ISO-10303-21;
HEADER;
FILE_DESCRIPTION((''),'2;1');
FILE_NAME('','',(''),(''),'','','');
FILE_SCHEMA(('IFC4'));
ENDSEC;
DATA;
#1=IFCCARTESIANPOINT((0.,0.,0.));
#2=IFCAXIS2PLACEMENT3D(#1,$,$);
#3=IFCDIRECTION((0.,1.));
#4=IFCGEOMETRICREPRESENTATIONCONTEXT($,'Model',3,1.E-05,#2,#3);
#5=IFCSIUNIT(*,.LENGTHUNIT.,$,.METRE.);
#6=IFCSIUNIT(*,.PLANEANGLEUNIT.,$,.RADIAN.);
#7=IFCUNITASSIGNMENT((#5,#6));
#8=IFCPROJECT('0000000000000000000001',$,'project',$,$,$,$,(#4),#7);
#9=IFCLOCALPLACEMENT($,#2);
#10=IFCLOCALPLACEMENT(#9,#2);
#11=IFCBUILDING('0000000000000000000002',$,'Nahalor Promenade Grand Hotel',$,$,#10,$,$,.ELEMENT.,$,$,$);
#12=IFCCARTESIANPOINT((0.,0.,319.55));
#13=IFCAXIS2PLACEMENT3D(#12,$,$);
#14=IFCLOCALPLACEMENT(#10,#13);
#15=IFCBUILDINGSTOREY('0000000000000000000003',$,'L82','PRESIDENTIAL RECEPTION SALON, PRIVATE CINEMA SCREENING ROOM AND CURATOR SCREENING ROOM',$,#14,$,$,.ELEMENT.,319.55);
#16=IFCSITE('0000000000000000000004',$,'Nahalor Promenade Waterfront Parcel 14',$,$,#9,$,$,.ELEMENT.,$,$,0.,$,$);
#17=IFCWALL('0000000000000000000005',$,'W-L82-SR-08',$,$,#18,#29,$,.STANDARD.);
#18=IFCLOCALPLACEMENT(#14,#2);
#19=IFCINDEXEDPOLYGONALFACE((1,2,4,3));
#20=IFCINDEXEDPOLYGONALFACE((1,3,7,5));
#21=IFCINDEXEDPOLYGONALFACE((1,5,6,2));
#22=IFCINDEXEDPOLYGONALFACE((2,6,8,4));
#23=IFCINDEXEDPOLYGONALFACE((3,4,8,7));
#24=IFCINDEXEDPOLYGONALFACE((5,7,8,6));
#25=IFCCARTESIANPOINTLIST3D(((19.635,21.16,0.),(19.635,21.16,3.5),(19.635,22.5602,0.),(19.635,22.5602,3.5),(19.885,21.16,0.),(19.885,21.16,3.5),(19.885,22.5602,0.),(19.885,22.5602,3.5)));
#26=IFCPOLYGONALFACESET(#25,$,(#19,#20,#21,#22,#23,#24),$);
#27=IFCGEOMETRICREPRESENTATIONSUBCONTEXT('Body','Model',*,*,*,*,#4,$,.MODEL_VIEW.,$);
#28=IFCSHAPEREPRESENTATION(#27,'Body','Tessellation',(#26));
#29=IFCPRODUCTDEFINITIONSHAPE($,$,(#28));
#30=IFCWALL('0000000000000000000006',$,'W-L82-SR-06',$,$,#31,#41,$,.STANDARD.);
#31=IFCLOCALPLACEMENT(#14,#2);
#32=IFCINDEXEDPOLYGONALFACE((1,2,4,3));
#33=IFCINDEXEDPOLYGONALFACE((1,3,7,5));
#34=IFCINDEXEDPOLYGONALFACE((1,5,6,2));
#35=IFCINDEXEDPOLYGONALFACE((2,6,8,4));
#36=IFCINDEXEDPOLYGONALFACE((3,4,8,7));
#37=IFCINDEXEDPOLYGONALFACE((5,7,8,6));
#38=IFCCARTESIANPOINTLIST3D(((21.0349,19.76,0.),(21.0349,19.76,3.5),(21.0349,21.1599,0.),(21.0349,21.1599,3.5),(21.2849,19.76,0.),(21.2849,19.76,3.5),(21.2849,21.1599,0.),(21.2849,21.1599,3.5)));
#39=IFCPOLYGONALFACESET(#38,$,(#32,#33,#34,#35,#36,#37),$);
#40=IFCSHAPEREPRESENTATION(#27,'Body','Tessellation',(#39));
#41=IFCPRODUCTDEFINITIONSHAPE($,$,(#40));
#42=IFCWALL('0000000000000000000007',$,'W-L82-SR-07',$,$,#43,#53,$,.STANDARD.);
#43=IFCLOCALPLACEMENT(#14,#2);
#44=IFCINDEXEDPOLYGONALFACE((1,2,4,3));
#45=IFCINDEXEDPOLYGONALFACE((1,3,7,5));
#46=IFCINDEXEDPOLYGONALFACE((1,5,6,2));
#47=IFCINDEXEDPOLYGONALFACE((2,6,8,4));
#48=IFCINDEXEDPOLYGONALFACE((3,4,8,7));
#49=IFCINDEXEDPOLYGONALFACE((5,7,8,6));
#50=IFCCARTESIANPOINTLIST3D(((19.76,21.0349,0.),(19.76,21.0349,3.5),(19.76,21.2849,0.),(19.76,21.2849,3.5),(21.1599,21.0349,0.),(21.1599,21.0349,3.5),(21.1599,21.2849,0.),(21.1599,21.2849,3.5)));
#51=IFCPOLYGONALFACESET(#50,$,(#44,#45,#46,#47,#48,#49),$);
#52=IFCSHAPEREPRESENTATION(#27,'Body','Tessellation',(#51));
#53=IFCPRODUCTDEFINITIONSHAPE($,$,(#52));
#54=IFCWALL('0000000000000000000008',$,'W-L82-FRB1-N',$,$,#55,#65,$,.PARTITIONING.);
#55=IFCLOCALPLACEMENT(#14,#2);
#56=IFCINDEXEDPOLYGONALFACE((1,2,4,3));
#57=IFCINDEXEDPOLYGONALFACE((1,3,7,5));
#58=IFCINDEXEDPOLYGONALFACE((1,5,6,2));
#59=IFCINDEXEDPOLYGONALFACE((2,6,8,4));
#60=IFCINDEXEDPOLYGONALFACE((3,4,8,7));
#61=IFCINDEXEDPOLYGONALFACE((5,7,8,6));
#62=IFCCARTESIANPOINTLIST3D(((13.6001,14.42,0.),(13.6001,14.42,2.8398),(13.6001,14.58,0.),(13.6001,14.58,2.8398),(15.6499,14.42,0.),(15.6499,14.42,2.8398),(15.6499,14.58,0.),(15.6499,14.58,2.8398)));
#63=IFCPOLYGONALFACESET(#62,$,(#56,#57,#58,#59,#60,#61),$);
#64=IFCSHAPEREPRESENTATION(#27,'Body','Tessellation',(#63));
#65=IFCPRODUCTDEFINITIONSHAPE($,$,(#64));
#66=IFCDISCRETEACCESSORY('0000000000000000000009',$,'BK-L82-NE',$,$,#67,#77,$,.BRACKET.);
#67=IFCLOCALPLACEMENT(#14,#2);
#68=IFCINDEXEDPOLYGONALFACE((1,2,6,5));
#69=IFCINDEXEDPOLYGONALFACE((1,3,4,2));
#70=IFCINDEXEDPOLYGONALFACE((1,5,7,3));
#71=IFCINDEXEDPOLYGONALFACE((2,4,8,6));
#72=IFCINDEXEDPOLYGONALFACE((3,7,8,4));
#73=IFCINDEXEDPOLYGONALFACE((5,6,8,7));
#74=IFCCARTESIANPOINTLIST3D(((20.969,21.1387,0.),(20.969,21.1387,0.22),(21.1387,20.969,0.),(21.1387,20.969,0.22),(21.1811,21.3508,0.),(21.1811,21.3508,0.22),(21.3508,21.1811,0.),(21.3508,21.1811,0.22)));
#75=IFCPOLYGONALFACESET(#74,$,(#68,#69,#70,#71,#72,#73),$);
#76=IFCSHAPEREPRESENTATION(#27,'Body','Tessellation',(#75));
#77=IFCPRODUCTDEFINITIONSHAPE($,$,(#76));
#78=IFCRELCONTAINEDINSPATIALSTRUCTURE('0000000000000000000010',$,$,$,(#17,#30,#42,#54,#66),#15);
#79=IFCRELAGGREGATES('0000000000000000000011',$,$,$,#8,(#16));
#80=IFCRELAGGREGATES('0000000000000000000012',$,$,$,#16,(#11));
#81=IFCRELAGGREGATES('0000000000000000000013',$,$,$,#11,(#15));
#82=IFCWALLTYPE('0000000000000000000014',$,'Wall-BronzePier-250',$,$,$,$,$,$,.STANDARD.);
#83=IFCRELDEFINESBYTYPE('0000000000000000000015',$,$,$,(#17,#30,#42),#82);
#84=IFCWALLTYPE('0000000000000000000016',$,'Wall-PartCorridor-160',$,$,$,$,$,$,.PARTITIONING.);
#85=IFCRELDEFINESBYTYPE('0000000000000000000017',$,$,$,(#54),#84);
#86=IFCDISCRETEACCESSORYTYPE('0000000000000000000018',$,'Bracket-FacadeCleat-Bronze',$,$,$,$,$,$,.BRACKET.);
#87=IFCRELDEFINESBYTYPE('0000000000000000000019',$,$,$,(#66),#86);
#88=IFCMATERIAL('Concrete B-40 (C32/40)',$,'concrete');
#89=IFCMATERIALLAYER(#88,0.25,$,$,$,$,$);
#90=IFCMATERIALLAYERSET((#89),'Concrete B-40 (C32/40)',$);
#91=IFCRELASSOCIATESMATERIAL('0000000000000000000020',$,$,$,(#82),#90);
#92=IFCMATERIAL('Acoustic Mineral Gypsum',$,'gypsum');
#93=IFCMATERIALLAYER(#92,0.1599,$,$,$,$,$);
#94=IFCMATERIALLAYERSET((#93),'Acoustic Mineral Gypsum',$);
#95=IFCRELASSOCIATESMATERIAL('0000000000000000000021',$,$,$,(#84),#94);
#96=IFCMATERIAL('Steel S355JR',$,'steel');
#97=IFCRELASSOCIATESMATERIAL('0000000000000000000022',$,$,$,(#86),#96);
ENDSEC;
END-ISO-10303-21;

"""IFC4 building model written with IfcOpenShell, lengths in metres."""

from ifc_helpers import new_model, si_unit, direction, frame, frame_2d, origin, origin_2d, place, context, subcontext, project, spatial, rectangle, extrude, source, transform, mapped, material, layer, layer_set, type_object, element, save


model = new_model("IFC4")

# Units and contexts
model_context = context("Model", 3, precision=1e-05, world=origin(), true_north=direction((0.0, 1.0)))
body_context = subcontext(model_context, "Body", "Model", "MODEL_VIEW")
ifc_project = project(units=[si_unit("LENGTHUNIT", "METRE"), si_unit("PLANEANGLEUNIT", "RADIAN")], contexts=[model_context])

# Site, building, storey
site_placement = place(None, origin())
site = spatial("IfcSite", under=ifc_project, at=site_placement, Name="Nahalor Promenade Waterfront Parcel 14", CompositionType="ELEMENT", RefElevation=0.0)
building_placement = place(site_placement, origin())
building = spatial("IfcBuilding", under=site, at=building_placement, Name="Nahalor Promenade Grand Hotel", CompositionType="ELEMENT")
storey_placement = place(building_placement, frame((0.0, 0.0, 319.55)))
storey = spatial("IfcBuildingStorey", under=building, at=storey_placement, Name="L82", Description="PRESIDENTIAL RECEPTION SALON, PRIVATE CINEMA SCREENING ROOM AND CURATOR SCREENING ROOM", CompositionType="ELEMENT", Elevation=319.55)

# Shared definitions
ifc_material_1 = material(Name="Steel S355JR", Category="steel")

# Walls
ifc_material_2 = material(Name="Concrete B-40 (C32/40)", Category="concrete")
ifc_layer_1 = layer(ifc_material_2, 0.25)
ifc_layer_set_1 = layer_set([ifc_layer_1], Name="Concrete B-40 (C32/40)")
wall_type_1 = type_object("IfcWallType", Name="Wall-BronzePier-250", PredefinedType="STANDARD", material=ifc_layer_set_1)
shared_shape_1 = source(origin(), body_context, "Body", "SweptSolid", [
    extrude(rectangle(XDim=1.4001, YDim=0.25, at=frame_2d((0.7002, 0.0))), origin(), (0.0, 0.0, 1.0), 3.5),
])
for number, where, z_axis, x_axis, name in (
    (1, (19.76, 21.1599, 0.0), (0.0, 0.0, 1.0), (0.0, 1.0, 0.0), "W-L82-SR-08"),
):
    element("IfcWall", number, at=place(storey_placement, frame(where, z_axis=z_axis, x_axis=x_axis)), inside=storey, type_object=wall_type_1, Name=name, PredefinedType="STANDARD", context=body_context, shape_type="MappedRepresentation", body=[
        mapped(shared_shape_1, transform((0.0, 0.0, 0.0), scale=1.0)),
    ])
shared_shape_2 = source(origin(), body_context, "Body", "SweptSolid", [
    extrude(rectangle(XDim=1.3999, YDim=0.25, at=frame_2d((0.7, 0.0))), origin(), (0.0, 0.0, 1.0), 3.5),
])
for number, where, z_axis, x_axis, name in (
    (2, (21.1599, 19.76, 0.0), (0.0, 0.0, 1.0), (0.0, 1.0, 0.0), "W-L82-SR-06"),
    (3, (19.76, 21.1599, 0.0), (0.0, 0.0, 1.0), (1.0, 0.0, 0.0), "W-L82-SR-07"),
):
    element("IfcWall", number, at=place(storey_placement, frame(where, z_axis=z_axis, x_axis=x_axis)), inside=storey, type_object=wall_type_1, Name=name, PredefinedType="STANDARD", context=body_context, shape_type="MappedRepresentation", body=[
        mapped(shared_shape_2, transform((0.0, 0.0, 0.0), scale=1.0)),
    ])
ifc_material_3 = material(Name="Acoustic Mineral Gypsum", Category="gypsum")
ifc_layer_2 = layer(ifc_material_3, 0.1599)
ifc_layer_set_2 = layer_set([ifc_layer_2], Name="Acoustic Mineral Gypsum")
wall_type_2 = type_object("IfcWallType", Name="Wall-PartCorridor-160", PredefinedType="PARTITIONING", material=ifc_layer_set_2)
shared_shape_3 = source(origin(), body_context, "Body", "SweptSolid", [
    extrude(rectangle(XDim=2.0498, YDim=0.1599, at=frame_2d((1.0249, 0.0))), origin(), (0.0, 0.0, 1.0), 2.8398),
])
wall_1_placement = place(storey_placement, frame((13.6001, 14.5, 0.0), z_axis=(0.0, 0.0, 1.0), x_axis=(1.0, 0.0, 0.0)))
element("IfcWall", 4, at=wall_1_placement, inside=storey, type_object=wall_type_2, Name="W-L82-FRB1-N", PredefinedType="PARTITIONING", context=body_context, shape_type="MappedRepresentation", body=[
    mapped(shared_shape_3, transform((0.0, 0.0, 0.0), scale=1.0)),
])

# Discrete accessory
discrete_accessory_type = type_object("IfcDiscreteAccessoryType", Name="Bracket-FacadeCleat-Bronze", PredefinedType="BRACKET", material=ifc_material_1)
shared_shape_4 = source(origin(), body_context, "Body", "SweptSolid", [
    extrude(rectangle(XDim=0.3, YDim=0.24, at=origin_2d()), origin(), (0.0, 0.0, 1.0), 0.22),
])
discrete_accessory_placement = place(storey_placement, frame((21.1599, 21.1599, 0.0), z_axis=(0.0, 0.0, 1.0), x_axis=(0.707107, 0.707107, 0.0)))
element("IfcDiscreteAccessory", 5, at=discrete_accessory_placement, inside=storey, type_object=discrete_accessory_type, Name="BK-L82-NE", PredefinedType="BRACKET", context=body_context, shape_type="MappedRepresentation", body=[
    mapped(shared_shape_4, transform((0.0, 0.0, 0.0), scale=1.0)),
])

save(model, "model.ifc")
